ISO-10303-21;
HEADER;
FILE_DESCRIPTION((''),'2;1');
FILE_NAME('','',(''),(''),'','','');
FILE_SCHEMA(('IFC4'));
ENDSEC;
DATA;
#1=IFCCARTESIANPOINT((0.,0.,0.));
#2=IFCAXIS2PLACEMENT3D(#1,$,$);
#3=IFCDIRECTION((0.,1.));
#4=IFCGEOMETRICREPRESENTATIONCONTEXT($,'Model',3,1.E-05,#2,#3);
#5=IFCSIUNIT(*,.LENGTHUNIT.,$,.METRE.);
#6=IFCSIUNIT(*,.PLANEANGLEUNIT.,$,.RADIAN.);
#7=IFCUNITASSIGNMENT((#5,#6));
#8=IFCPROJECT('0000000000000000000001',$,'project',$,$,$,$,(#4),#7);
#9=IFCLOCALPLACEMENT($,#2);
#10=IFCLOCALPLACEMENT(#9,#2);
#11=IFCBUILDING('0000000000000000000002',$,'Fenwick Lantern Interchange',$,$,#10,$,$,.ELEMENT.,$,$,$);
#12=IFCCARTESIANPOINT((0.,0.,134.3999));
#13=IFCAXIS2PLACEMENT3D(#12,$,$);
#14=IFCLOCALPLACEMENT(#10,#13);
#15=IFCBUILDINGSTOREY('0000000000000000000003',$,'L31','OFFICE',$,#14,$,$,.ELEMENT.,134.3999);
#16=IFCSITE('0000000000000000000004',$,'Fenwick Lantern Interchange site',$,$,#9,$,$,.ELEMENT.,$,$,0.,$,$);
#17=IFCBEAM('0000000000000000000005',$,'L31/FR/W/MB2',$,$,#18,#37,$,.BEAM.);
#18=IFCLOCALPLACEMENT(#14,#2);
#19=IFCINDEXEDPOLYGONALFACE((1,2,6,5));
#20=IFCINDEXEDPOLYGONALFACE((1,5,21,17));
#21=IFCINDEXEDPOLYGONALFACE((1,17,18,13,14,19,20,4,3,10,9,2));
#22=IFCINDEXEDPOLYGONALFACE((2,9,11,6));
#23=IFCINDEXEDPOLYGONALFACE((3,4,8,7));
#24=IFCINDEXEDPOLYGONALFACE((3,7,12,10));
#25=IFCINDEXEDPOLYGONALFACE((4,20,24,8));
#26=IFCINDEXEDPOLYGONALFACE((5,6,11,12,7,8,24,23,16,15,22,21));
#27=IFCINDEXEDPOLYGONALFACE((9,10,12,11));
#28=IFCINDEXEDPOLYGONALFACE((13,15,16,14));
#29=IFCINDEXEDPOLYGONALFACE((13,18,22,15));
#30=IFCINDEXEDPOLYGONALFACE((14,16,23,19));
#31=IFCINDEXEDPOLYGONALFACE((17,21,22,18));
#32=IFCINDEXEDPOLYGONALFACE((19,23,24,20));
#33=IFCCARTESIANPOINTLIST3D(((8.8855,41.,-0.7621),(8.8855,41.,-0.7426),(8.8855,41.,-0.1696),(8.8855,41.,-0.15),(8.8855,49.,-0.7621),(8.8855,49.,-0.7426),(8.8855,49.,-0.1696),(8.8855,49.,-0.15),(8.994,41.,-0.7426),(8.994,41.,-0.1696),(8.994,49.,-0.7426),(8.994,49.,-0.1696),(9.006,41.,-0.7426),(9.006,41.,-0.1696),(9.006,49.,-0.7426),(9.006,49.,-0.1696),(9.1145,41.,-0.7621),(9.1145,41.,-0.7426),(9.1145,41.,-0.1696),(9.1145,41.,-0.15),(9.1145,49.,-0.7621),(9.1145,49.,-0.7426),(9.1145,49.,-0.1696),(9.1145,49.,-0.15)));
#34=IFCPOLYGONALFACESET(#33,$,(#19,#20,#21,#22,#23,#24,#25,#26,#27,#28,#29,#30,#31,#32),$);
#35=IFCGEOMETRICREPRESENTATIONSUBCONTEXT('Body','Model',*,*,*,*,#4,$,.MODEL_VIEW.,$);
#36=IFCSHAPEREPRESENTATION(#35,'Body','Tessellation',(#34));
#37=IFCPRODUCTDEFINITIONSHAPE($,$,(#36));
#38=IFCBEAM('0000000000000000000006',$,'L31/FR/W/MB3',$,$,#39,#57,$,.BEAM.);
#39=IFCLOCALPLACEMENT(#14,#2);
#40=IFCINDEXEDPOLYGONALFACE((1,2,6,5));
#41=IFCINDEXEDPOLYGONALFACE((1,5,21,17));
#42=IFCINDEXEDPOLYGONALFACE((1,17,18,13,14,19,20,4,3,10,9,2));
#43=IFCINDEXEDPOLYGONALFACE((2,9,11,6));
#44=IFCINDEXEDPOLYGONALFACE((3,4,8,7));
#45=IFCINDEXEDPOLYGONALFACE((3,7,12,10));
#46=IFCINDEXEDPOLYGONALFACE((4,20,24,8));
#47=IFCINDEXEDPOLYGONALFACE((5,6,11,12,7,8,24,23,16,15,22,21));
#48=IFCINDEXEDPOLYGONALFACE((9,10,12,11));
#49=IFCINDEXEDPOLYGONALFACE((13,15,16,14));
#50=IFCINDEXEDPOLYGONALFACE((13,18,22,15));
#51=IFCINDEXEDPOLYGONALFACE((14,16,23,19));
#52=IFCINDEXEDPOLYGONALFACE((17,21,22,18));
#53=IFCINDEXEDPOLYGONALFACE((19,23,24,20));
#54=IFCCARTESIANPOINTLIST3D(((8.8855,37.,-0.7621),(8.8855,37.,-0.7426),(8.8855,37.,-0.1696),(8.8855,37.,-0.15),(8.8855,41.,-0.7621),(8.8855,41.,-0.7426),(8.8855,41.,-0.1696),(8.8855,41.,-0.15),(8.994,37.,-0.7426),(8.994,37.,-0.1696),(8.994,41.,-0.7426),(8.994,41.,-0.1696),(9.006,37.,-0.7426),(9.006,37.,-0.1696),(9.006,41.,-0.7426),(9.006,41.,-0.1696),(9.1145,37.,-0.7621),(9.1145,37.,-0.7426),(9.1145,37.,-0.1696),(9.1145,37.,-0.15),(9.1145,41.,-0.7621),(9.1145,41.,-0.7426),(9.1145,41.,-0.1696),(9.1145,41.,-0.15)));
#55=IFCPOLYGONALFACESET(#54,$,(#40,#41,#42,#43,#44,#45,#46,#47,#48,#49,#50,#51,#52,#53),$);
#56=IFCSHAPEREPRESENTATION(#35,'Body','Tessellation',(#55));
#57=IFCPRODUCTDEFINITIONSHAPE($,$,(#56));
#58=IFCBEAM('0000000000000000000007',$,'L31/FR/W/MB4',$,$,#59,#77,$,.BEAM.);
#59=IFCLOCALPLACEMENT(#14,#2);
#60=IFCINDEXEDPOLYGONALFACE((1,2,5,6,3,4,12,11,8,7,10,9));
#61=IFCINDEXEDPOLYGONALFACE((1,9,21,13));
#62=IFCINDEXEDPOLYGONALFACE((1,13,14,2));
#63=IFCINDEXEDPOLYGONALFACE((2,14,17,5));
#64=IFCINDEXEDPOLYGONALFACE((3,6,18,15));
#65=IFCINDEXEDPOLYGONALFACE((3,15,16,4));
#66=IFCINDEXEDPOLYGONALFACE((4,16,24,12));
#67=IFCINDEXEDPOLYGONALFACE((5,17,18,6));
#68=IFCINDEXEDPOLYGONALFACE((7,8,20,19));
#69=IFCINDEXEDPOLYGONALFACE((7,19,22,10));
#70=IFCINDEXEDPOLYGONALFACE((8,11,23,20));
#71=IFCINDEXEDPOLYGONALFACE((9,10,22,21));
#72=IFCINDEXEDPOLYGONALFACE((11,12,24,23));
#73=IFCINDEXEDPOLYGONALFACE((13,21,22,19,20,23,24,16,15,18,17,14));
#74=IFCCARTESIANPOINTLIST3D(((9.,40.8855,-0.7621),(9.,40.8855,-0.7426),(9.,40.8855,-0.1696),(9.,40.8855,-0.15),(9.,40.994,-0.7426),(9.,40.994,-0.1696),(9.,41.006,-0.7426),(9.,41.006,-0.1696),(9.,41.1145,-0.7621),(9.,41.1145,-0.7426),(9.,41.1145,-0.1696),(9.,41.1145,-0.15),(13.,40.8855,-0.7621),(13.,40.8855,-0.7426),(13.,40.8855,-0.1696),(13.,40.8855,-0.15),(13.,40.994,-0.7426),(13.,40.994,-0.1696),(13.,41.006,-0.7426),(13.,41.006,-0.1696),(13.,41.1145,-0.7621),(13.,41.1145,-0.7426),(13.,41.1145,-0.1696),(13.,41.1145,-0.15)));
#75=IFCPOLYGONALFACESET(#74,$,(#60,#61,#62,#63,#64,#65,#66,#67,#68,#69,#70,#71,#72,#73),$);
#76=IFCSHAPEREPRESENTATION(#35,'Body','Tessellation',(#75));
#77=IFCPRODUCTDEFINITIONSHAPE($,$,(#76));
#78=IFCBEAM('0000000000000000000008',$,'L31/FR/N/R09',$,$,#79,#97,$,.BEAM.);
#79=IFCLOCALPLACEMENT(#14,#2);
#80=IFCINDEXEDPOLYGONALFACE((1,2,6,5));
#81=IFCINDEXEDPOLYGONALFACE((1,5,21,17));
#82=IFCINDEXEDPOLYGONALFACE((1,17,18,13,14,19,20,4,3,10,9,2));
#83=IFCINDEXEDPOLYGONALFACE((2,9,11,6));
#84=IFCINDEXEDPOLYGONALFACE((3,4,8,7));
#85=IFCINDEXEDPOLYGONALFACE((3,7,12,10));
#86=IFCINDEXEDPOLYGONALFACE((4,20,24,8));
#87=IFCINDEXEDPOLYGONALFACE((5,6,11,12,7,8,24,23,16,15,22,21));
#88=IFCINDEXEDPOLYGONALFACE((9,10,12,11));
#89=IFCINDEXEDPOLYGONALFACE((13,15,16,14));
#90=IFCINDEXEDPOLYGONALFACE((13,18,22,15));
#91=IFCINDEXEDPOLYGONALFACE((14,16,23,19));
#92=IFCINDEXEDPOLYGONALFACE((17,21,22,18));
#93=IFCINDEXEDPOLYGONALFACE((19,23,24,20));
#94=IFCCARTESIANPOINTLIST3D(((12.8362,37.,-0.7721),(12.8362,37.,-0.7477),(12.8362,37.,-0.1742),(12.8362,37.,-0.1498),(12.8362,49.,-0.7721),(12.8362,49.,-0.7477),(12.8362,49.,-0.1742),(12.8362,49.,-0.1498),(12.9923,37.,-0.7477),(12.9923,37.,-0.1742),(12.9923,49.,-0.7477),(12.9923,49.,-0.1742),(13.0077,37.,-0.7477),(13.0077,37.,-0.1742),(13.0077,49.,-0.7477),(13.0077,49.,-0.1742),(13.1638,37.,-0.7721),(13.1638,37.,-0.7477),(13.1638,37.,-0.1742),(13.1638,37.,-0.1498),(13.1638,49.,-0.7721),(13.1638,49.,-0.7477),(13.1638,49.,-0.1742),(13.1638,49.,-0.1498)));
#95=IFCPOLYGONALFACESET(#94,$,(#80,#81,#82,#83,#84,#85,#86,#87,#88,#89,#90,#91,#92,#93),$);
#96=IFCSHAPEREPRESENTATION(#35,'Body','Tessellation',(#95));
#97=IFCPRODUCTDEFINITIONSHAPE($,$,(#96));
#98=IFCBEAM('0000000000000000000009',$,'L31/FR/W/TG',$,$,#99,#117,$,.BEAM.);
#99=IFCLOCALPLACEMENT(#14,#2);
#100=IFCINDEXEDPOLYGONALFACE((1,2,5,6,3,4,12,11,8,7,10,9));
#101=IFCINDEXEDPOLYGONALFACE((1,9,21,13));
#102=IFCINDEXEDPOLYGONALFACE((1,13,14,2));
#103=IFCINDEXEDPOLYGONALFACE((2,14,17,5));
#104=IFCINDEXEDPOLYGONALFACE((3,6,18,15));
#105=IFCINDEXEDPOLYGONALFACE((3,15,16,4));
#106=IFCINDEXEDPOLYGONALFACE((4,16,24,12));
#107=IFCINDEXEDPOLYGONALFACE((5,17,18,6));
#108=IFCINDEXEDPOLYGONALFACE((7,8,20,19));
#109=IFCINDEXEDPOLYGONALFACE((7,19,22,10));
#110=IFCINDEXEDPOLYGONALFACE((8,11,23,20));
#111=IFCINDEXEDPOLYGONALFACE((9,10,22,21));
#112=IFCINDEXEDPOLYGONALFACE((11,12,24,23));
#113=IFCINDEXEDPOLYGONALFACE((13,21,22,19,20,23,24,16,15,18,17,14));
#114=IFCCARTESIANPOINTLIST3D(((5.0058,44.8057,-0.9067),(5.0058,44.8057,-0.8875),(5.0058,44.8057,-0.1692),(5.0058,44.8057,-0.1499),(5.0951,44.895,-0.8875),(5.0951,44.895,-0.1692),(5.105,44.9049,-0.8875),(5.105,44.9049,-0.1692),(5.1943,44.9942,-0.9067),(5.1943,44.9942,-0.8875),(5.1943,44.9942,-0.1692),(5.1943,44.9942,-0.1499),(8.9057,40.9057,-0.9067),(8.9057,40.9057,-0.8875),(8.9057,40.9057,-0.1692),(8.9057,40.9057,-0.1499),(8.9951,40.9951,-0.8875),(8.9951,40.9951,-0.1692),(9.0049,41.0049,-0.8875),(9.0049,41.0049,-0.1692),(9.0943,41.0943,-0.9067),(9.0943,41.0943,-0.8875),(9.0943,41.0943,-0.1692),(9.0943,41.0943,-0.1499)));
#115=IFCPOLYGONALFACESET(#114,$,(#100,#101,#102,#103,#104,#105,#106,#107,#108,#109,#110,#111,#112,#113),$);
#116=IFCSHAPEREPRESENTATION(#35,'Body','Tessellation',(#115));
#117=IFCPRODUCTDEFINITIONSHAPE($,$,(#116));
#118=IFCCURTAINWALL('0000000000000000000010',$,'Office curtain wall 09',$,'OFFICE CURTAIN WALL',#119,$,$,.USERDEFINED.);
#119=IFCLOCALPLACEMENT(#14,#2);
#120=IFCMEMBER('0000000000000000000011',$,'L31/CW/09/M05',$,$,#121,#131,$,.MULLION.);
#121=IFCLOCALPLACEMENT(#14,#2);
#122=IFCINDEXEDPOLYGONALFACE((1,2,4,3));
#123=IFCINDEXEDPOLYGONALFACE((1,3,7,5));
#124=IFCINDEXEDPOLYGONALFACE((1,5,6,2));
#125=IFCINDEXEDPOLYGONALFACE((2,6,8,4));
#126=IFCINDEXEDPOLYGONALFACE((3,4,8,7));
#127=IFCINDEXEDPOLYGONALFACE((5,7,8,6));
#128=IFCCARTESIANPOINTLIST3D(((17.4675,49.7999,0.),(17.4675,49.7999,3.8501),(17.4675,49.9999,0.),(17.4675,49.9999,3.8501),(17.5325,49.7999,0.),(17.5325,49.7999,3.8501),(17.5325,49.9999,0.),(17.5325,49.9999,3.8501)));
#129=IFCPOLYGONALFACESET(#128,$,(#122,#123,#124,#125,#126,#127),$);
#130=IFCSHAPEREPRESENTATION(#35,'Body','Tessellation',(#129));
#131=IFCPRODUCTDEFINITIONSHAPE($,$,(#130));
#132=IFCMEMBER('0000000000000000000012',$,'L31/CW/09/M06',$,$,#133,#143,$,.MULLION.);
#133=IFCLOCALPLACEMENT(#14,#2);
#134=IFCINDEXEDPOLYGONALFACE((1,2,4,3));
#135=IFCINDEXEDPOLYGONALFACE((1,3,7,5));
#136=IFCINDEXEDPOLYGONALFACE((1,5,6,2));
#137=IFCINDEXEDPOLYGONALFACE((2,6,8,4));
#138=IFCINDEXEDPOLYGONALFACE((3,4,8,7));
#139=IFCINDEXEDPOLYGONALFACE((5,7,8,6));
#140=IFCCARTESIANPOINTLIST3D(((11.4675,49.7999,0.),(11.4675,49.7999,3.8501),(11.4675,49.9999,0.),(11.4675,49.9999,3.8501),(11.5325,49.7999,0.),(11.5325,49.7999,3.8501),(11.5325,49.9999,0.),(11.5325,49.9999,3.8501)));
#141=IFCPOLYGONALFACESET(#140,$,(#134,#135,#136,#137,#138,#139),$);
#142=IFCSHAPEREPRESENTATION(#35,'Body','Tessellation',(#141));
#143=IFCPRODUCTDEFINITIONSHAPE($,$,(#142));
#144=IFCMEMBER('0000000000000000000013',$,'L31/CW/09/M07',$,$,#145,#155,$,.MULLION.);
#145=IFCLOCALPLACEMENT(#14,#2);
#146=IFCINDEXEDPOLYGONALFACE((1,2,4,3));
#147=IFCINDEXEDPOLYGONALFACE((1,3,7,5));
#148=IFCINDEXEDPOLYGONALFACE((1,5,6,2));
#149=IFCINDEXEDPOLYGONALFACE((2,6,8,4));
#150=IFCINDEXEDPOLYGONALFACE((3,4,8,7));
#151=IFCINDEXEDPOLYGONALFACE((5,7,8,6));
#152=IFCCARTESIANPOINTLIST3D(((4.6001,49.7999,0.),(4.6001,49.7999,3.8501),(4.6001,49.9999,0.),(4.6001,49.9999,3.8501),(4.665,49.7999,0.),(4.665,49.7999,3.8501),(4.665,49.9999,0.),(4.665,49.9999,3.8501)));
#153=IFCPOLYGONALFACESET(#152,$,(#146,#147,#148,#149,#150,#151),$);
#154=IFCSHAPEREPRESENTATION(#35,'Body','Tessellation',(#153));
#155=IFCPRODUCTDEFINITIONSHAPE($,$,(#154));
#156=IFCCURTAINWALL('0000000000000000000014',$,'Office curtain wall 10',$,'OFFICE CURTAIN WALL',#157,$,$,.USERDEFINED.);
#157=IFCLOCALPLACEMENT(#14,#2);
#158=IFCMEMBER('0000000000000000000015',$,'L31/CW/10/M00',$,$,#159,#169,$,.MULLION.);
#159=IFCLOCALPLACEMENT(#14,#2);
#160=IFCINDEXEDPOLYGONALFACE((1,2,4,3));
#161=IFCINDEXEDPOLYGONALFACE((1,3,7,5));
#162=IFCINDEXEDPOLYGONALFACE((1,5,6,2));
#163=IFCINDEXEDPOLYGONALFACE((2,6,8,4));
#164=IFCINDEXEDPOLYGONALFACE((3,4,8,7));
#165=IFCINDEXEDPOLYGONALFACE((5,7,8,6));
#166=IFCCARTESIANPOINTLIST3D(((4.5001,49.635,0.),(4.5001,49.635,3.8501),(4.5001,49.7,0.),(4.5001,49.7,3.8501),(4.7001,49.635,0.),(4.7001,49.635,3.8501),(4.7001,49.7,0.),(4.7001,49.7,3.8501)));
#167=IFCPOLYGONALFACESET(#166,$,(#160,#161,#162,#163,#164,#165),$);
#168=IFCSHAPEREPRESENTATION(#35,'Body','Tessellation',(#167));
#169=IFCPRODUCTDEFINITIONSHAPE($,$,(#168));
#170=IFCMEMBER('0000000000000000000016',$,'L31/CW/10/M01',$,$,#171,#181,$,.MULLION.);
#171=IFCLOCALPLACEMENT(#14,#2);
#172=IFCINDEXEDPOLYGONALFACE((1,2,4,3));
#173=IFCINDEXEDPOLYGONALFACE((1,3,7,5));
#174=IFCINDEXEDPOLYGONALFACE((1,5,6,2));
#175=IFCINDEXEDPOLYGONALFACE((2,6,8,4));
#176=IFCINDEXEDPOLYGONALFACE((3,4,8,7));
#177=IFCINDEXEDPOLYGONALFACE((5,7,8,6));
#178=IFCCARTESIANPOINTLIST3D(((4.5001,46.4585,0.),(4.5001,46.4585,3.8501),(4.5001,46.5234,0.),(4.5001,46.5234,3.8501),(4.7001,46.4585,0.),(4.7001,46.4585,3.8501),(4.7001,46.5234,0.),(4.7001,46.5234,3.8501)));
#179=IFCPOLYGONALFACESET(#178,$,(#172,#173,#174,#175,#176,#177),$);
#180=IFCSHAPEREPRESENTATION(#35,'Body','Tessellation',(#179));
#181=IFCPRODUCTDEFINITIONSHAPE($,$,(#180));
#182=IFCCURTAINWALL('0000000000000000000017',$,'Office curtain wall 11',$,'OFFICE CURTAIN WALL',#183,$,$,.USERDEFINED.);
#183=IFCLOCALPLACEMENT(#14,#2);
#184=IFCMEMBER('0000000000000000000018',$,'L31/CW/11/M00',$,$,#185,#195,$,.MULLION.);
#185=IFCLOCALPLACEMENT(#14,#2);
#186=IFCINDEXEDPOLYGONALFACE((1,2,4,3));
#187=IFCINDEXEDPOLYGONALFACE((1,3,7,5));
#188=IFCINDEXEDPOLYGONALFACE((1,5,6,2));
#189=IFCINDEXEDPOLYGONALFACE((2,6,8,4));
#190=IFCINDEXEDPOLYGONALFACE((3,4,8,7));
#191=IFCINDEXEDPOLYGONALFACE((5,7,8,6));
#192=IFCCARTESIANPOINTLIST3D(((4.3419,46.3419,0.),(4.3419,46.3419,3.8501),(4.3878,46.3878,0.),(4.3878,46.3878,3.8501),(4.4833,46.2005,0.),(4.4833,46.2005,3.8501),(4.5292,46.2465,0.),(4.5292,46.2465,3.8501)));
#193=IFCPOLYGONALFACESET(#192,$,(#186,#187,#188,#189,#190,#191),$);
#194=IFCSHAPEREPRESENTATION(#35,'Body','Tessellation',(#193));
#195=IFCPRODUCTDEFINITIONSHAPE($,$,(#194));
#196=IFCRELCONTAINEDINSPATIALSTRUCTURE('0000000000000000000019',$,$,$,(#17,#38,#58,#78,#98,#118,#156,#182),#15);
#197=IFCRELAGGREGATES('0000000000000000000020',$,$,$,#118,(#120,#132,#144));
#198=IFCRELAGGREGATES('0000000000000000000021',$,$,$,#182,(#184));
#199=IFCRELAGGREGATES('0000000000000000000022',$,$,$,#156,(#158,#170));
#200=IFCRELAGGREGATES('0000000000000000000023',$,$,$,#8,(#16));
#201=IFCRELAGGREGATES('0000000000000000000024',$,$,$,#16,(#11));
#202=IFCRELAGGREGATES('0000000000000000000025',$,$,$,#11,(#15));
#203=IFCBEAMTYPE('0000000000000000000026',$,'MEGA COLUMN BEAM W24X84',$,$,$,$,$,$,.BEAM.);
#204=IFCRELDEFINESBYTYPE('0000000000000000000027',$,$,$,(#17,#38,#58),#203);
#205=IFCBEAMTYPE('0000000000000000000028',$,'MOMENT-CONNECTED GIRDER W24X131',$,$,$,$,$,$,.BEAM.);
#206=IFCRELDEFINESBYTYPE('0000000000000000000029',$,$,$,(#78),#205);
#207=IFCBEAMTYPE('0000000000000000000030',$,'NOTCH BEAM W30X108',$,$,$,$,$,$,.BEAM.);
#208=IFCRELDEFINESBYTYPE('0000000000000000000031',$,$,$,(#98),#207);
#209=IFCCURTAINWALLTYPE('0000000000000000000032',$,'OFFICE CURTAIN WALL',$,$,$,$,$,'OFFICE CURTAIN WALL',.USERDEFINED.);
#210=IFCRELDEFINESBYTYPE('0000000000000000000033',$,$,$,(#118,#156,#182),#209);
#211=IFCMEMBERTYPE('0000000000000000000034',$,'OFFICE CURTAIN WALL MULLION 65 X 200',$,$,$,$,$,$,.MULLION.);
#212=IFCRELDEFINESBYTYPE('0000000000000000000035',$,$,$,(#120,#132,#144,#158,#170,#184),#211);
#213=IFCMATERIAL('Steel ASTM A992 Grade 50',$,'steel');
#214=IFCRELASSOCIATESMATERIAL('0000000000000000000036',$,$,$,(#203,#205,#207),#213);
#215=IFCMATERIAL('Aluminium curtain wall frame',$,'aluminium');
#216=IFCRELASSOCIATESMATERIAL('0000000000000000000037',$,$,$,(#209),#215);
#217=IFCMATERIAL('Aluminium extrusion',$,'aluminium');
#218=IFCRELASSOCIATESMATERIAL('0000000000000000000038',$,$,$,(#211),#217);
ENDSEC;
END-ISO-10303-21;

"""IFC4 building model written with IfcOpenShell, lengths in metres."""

from ifc_helpers import new_model, si_unit, direction, frame, origin, origin_2d, place, context, subcontext, project, spatial, rectangle, i_section, extrude, material, material_profile, profile_set, type_object, element, aggregate, save


model = new_model("IFC4")

# Units and contexts
model_context = context("Model", 3, precision=1e-05, world=origin(), true_north=direction((0.0, 1.0)))
body_context = subcontext(model_context, "Body", "Model", "MODEL_VIEW")
ifc_project = project(units=[si_unit("LENGTHUNIT", "METRE"), si_unit("PLANEANGLEUNIT", "RADIAN")], contexts=[model_context])

# Site, building, storey
site_placement = place(None, origin())
site = spatial("IfcSite", under=ifc_project, at=site_placement, Name="Fenwick Lantern Interchange site", CompositionType="ELEMENT", RefElevation=0.0)
building_placement = place(site_placement, origin())
building = spatial("IfcBuilding", under=site, at=building_placement, Name="Fenwick Lantern Interchange", CompositionType="ELEMENT")
storey_placement = place(building_placement, frame((0.0, 0.0, 134.3999)))
storey = spatial("IfcBuildingStorey", under=building, at=storey_placement, Name="L31", Description="OFFICE", CompositionType="ELEMENT", Elevation=134.3999)

# Shared definitions
ifc_material_1 = material(Name="Steel ASTM A992 Grade 50", Category="steel")

# Beams
ifc_material_profile_1 = material_profile(ifc_material_1, i_section(OverallWidth=0.229, OverallDepth=0.6121, WebThickness=0.012, FlangeThickness=0.0195, at=origin_2d()), Name="W24X84")
ifc_profile_set_1 = profile_set([ifc_material_profile_1], Name="Steel ASTM A992 Grade 50")
beam_type_1 = type_object("IfcBeamType", Name="MEGA COLUMN BEAM W24X84", PredefinedType="BEAM", material=ifc_profile_set_1)
beam_1_placement = place(storey_placement, frame((9.0, 41.0, -0.4561), z_axis=(0.0, 1.0, 0.0), x_axis=(-1.0, 0.0, 0.0)))
element("IfcBeam", 1, at=beam_1_placement, inside=storey, type_object=beam_type_1, Name="L31/FR/W/MB2", PredefinedType="BEAM", context=body_context, shape_type="SweptSolid", body=[
    extrude(i_section(OverallWidth=0.229, OverallDepth=0.6121, WebThickness=0.012, FlangeThickness=0.0195, at=origin_2d()), origin(), (0.0, 0.0, 1.0), 8.0),
])
for number, where, z_axis, x_axis, name in (
    (2, (9.0, 41.0, -0.4561), (0.0, -1.0, 0.0), (1.0, 0.0, 0.0), "L31/FR/W/MB3"),
    (3, (9.0, 41.0, -0.4561), (1.0, 0.0, 0.0), (0.0, 1.0, 0.0), "L31/FR/W/MB4"),
):
    element("IfcBeam", number, at=place(storey_placement, frame(where, z_axis=z_axis, x_axis=x_axis)), inside=storey, type_object=beam_type_1, Name=name, PredefinedType="BEAM", context=body_context, shape_type="SweptSolid", body=[
        extrude(i_section(OverallWidth=0.229, OverallDepth=0.6121, WebThickness=0.012, FlangeThickness=0.0195, at=origin_2d()), origin(), (0.0, 0.0, 1.0), 4.0),
    ])
ifc_material_profile_2 = material_profile(ifc_material_1, i_section(OverallWidth=0.3276, OverallDepth=0.6223, WebThickness=0.0154, FlangeThickness=0.0244, at=origin_2d()), Name="W24X131")
ifc_profile_set_2 = profile_set([ifc_material_profile_2], Name="Steel ASTM A992 Grade 50")
beam_type_2 = type_object("IfcBeamType", Name="MOMENT-CONNECTED GIRDER W24X131", PredefinedType="BEAM", material=ifc_profile_set_2)
beam_2_placement = place(storey_placement, frame((13.0, 49.0, -0.4609), z_axis=(0.0, -1.0, 0.0), x_axis=(1.0, 0.0, 0.0)))
element("IfcBeam", 4, at=beam_2_placement, inside=storey, type_object=beam_type_2, Name="L31/FR/N/R09", PredefinedType="BEAM", context=body_context, shape_type="SweptSolid", body=[
    extrude(i_section(OverallWidth=0.3276, OverallDepth=0.6223, WebThickness=0.0154, FlangeThickness=0.0244, at=origin_2d()), origin(), (0.0, 0.0, 1.0), 12.0),
])
ifc_material_profile_3 = material_profile(ifc_material_1, i_section(OverallWidth=0.2666, OverallDepth=0.7568, WebThickness=0.0139, FlangeThickness=0.0193, at=origin_2d()), Name="W30X108")
ifc_profile_set_3 = profile_set([ifc_material_profile_3], Name="Steel ASTM A992 Grade 50")
beam_type_3 = type_object("IfcBeamType", Name="NOTCH BEAM W30X108", PredefinedType="BEAM", material=ifc_profile_set_3)
beam_3_placement = place(storey_placement, frame((9.0, 41.0, -0.5283), z_axis=(-0.707107, 0.707107, 0.0), x_axis=(-0.707107, -0.707107, 0.0)))
element("IfcBeam", 5, at=beam_3_placement, inside=storey, type_object=beam_type_3, Name="L31/FR/W/TG", PredefinedType="BEAM", context=body_context, shape_type="SweptSolid", body=[
    extrude(i_section(OverallWidth=0.2666, OverallDepth=0.7568, WebThickness=0.0139, FlangeThickness=0.0193, at=origin_2d()), origin(), (0.0, 0.0, 1.0), 5.5154),
])

# Curtain walls, members
ifc_material_2 = material(Name="Aluminium curtain wall frame", Category="aluminium")
curtain_wall_type = type_object("IfcCurtainWallType", Name="OFFICE CURTAIN WALL", ElementType="OFFICE CURTAIN WALL", PredefinedType="USERDEFINED", material=ifc_material_2)
curtain_wall_1_placement = place(storey_placement, origin())
curtain_wall_1 = element("IfcCurtainWall", 6, at=curtain_wall_1_placement, inside=storey, type_object=curtain_wall_type, Name="Office curtain wall 09", ObjectType="OFFICE CURTAIN WALL", PredefinedType="USERDEFINED")
ifc_material_3 = material(Name="Aluminium extrusion", Category="aluminium")
ifc_material_profile_4 = material_profile(ifc_material_3, rectangle(XDim=0.2, YDim=0.0649, at=origin_2d()), Name="OFFICE CURTAIN WALL MULLION 65 X 200")
ifc_profile_set_4 = profile_set([ifc_material_profile_4], Name="Aluminium extrusion")
member_type_1 = type_object("IfcMemberType", Name="OFFICE CURTAIN WALL MULLION 65 X 200", PredefinedType="MULLION", material=ifc_profile_set_4)
member_1_placement = place(storey_placement, frame((17.5, 49.8999, 0.0), z_axis=(0.0, 0.0, 1.0), x_axis=(0.0, -1.0, 0.0)))
member_1 = element("IfcMember", 7, at=member_1_placement, type_object=member_type_1, Name="L31/CW/09/M05", PredefinedType="MULLION", context=body_context, shape_type="SweptSolid", body=[
    extrude(rectangle(XDim=0.2, YDim=0.0649, at=origin_2d()), origin(), (0.0, 0.0, 1.0), 3.8501),
])
member_2_placement = place(storey_placement, frame((11.5, 49.8999, 0.0), z_axis=(0.0, 0.0, 1.0), x_axis=(0.0, -1.0, 0.0)))
member_2 = element("IfcMember", 8, at=member_2_placement, type_object=member_type_1, Name="L31/CW/09/M06", PredefinedType="MULLION", context=body_context, shape_type="SweptSolid", body=[
    extrude(rectangle(XDim=0.2, YDim=0.0649, at=origin_2d()), origin(), (0.0, 0.0, 1.0), 3.8501),
])
member_3_placement = place(storey_placement, frame((4.6326, 49.8999, 0.0), z_axis=(0.0, 0.0, 1.0), x_axis=(0.0, -1.0, 0.0)))
member_3 = element("IfcMember", 9, at=member_3_placement, type_object=member_type_1, Name="L31/CW/09/M07", PredefinedType="MULLION", context=body_context, shape_type="SweptSolid", body=[
    extrude(rectangle(XDim=0.2, YDim=0.0649, at=origin_2d()), origin(), (0.0, 0.0, 1.0), 3.8501),
])
curtain_wall_2_placement = place(storey_placement, origin())
curtain_wall_2 = element("IfcCurtainWall", 10, at=curtain_wall_2_placement, inside=storey, type_object=curtain_wall_type, Name="Office curtain wall 10", ObjectType="OFFICE CURTAIN WALL", PredefinedType="USERDEFINED")
member_4_placement = place(storey_placement, frame((4.6001, 49.6675, 0.0), z_axis=(0.0, 0.0, 1.0), x_axis=(1.0, 0.0, 0.0)))
member_4 = element("IfcMember", 11, at=member_4_placement, type_object=member_type_1, Name="L31/CW/10/M00", PredefinedType="MULLION", context=body_context, shape_type="SweptSolid", body=[
    extrude(rectangle(XDim=0.2, YDim=0.0649, at=origin_2d()), origin(), (0.0, 0.0, 1.0), 3.8501),
])
member_5_placement = place(storey_placement, frame((4.6001, 46.491, 0.0), z_axis=(0.0, 0.0, 1.0), x_axis=(1.0, 0.0, 0.0)))
member_5 = element("IfcMember", 12, at=member_5_placement, type_object=member_type_1, Name="L31/CW/10/M01", PredefinedType="MULLION", context=body_context, shape_type="SweptSolid", body=[
    extrude(rectangle(XDim=0.2, YDim=0.0649, at=origin_2d()), origin(), (0.0, 0.0, 1.0), 3.8501),
])

# Curtain wall, member
curtain_wall_3_placement = place(storey_placement, origin())
curtain_wall_3 = element("IfcCurtainWall", 13, at=curtain_wall_3_placement, inside=storey, type_object=curtain_wall_type, Name="Office curtain wall 11", ObjectType="OFFICE CURTAIN WALL", PredefinedType="USERDEFINED")
member_6_placement = place(storey_placement, frame((4.4355, 46.2942, 0.0), z_axis=(0.0, 0.0, 1.0), x_axis=(0.707107, -0.707107, 0.0)))
member_6 = element("IfcMember", 14, at=member_6_placement, type_object=member_type_1, Name="L31/CW/11/M00", PredefinedType="MULLION", context=body_context, shape_type="SweptSolid", body=[
    extrude(rectangle(XDim=0.2, YDim=0.0649, at=origin_2d()), origin(), (0.0, 0.0, 1.0), 3.8501),
])

aggregate(curtain_wall_1, [member_1, member_2, member_3])
aggregate(curtain_wall_3, [member_6])

aggregate(curtain_wall_2, [member_4, member_5])

save(model, "model.ifc")
